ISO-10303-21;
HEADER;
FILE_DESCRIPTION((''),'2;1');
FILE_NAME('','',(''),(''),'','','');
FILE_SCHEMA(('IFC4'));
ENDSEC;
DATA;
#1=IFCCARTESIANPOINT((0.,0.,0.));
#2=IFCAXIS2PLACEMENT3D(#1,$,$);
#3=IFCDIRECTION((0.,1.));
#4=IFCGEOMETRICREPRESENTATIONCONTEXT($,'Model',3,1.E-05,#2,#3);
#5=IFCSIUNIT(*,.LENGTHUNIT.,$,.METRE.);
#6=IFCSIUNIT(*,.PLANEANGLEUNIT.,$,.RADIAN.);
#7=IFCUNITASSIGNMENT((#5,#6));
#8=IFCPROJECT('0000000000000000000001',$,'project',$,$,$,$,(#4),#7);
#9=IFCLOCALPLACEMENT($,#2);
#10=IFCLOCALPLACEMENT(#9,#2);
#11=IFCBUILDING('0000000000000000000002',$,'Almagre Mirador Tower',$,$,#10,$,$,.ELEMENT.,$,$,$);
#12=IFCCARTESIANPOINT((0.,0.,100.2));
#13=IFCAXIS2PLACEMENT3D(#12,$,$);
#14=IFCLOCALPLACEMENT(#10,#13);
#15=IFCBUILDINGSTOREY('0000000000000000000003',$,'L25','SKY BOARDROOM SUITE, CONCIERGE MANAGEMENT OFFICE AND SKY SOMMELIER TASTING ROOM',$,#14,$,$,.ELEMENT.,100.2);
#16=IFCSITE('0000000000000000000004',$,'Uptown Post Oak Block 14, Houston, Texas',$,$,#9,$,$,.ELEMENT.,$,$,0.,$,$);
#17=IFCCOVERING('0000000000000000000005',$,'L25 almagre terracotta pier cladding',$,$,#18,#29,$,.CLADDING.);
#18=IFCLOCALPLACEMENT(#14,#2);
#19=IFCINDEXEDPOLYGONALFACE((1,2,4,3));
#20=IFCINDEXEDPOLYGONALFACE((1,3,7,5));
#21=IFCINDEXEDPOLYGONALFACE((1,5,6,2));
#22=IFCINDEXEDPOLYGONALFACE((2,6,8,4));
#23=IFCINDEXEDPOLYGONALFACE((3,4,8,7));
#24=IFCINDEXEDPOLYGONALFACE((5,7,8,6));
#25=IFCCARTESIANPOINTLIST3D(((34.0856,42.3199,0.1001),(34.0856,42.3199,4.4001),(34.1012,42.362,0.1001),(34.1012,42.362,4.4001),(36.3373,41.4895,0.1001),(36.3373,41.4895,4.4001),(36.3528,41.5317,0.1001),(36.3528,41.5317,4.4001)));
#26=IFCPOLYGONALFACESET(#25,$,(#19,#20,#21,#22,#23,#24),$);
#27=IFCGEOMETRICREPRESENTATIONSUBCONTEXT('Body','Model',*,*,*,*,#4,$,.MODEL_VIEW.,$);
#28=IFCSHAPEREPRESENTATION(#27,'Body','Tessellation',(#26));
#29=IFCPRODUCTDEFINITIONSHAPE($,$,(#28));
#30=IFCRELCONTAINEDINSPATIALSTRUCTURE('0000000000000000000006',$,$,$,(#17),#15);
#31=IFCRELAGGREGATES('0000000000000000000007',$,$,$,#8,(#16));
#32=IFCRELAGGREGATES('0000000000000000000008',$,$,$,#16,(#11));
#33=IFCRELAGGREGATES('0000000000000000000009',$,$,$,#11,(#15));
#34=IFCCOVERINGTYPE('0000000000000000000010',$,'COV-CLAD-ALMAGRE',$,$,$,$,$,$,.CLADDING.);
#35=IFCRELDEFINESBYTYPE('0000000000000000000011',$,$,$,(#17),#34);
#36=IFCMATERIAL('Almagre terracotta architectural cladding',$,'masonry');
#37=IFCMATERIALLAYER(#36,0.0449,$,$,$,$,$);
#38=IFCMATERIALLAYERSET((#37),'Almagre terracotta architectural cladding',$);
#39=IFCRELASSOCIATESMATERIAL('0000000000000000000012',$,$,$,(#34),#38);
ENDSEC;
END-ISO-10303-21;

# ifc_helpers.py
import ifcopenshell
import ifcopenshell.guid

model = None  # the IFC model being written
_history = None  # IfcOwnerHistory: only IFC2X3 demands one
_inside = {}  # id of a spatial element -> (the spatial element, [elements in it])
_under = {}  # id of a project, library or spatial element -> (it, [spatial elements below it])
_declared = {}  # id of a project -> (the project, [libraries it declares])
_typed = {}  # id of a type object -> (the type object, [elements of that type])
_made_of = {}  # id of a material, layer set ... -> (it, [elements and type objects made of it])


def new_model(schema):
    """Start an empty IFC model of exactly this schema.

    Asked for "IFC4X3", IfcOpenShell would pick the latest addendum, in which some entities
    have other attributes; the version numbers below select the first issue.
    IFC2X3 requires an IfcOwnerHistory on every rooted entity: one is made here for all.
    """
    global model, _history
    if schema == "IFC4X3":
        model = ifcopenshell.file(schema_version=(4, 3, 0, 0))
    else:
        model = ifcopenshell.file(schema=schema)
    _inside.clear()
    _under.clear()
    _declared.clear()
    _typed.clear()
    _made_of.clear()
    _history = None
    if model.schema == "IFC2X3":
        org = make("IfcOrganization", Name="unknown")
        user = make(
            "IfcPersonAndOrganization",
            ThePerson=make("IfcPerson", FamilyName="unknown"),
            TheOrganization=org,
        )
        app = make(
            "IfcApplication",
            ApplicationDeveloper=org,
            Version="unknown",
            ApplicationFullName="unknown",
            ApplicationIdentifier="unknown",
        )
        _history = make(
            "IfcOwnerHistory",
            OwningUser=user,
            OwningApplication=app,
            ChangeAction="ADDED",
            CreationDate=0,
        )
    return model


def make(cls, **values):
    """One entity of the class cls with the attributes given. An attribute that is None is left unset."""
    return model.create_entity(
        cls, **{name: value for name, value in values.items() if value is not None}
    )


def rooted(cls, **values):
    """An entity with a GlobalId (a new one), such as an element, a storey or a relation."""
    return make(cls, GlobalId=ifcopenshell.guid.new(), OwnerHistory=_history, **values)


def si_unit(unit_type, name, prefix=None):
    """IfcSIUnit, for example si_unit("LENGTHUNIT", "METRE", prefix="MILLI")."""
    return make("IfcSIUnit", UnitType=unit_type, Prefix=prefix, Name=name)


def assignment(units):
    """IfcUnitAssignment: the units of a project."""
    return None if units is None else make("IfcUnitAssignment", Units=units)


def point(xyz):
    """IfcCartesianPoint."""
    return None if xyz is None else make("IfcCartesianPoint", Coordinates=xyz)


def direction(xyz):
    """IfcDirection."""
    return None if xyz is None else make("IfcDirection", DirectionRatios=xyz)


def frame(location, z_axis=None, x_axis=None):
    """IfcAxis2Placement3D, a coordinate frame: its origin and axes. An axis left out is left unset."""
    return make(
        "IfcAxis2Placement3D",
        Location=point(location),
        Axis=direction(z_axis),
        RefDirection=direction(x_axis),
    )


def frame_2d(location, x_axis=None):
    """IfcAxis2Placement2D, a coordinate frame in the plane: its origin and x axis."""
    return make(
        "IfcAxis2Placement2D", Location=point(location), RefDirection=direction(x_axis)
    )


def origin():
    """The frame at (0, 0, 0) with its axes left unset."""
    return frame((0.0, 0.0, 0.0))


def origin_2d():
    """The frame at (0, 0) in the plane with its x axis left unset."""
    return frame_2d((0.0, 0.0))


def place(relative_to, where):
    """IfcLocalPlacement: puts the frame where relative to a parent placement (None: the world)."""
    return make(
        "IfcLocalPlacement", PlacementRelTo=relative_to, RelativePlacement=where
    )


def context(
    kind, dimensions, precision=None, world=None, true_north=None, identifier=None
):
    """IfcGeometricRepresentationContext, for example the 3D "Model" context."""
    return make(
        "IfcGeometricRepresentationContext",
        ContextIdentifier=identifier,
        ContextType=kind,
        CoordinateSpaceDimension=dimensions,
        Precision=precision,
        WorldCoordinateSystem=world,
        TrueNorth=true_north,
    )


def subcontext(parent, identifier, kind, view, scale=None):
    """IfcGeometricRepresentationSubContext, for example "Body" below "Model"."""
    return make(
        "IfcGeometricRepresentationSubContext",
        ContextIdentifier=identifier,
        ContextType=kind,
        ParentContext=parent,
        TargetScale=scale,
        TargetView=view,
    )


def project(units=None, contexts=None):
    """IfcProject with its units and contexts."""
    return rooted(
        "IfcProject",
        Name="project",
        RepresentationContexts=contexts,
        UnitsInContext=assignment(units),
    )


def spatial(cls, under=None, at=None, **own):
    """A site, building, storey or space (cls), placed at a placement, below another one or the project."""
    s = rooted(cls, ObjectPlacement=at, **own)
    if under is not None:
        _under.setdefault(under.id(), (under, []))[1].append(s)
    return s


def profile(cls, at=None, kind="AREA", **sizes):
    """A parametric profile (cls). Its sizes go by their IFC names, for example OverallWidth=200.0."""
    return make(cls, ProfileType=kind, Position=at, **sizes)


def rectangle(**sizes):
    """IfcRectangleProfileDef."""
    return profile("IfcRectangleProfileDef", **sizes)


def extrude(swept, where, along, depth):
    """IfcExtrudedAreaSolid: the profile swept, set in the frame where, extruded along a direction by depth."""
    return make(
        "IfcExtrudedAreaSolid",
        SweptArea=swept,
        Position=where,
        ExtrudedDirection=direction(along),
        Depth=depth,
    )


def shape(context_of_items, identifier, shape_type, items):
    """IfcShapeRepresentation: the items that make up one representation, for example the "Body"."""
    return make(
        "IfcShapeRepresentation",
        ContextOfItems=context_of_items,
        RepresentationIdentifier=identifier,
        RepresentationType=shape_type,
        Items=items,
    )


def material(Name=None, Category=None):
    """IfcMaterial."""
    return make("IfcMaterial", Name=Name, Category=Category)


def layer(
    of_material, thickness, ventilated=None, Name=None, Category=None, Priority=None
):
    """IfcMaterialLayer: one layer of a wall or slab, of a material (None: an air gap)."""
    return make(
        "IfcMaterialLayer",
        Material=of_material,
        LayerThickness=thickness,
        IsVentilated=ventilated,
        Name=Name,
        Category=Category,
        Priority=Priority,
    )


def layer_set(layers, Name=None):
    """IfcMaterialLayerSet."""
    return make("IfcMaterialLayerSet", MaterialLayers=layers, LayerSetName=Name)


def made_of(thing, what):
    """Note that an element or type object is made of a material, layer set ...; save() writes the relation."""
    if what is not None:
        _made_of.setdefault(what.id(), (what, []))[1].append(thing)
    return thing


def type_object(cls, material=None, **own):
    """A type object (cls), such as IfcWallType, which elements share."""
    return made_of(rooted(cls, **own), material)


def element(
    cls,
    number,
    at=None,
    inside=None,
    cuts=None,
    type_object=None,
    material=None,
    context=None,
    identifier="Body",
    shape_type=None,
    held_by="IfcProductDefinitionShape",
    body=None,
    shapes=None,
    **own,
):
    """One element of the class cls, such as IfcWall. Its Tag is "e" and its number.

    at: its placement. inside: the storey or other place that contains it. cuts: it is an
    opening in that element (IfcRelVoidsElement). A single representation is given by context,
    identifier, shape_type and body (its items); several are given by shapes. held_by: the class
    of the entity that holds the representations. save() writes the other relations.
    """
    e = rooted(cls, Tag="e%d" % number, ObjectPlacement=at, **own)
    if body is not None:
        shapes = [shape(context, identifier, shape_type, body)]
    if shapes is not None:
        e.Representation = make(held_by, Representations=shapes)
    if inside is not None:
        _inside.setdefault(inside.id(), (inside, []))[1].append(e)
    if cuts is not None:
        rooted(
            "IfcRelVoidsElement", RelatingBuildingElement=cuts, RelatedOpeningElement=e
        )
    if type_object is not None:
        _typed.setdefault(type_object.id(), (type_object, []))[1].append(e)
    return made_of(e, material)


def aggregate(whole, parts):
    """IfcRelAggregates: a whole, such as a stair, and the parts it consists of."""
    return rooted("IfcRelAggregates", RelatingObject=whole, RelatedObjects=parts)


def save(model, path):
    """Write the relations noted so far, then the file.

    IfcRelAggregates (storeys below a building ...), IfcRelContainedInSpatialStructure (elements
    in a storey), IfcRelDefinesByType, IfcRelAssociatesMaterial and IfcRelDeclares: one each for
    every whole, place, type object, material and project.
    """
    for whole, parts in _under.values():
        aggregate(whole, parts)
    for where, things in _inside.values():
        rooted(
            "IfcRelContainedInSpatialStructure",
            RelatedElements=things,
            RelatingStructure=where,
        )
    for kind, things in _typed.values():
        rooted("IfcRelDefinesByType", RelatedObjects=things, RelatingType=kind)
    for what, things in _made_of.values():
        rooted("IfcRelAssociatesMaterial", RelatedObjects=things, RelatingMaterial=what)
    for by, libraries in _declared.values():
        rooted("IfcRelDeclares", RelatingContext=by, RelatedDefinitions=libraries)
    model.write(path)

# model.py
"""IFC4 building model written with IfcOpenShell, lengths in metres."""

from ifc_helpers import new_model, si_unit, direction, frame, origin, origin_2d, place, context, subcontext, project, spatial, rectangle, extrude, material, layer, layer_set, type_object, element, save


model = new_model("IFC4")

# Units and contexts
model_context = context("Model", 3, precision=1e-05, world=origin(), true_north=direction((0.0, 1.0)))
body_context = subcontext(model_context, "Body", "Model", "MODEL_VIEW")
ifc_project = project(units=[si_unit("LENGTHUNIT", "METRE"), si_unit("PLANEANGLEUNIT", "RADIAN")], contexts=[model_context])

# Site, building, storey
site_placement = place(None, origin())
site = spatial("IfcSite", under=ifc_project, at=site_placement, Name="Uptown Post Oak Block 14, Houston, Texas", CompositionType="ELEMENT", RefElevation=0.0)
building_placement = place(site_placement, origin())
building = spatial("IfcBuilding", under=site, at=building_placement, Name="Almagre Mirador Tower", CompositionType="ELEMENT")
storey_placement = place(building_placement, frame((0.0, 0.0, 100.2)))
storey = spatial("IfcBuildingStorey", under=building, at=storey_placement, Name="L25", Description="SKY BOARDROOM SUITE, CONCIERGE MANAGEMENT OFFICE AND SKY SOMMELIER TASTING ROOM", CompositionType="ELEMENT", Elevation=100.2)

# Covering
ifc_material_1 = material(Name="Almagre terracotta architectural cladding", Category="masonry")
ifc_layer_1 = layer(ifc_material_1, 0.0449)
ifc_layer_set_1 = layer_set([ifc_layer_1], Name="Almagre terracotta architectural cladding")
covering_type = type_object("IfcCoveringType", Name="COV-CLAD-ALMAGRE", PredefinedType="CLADDING", material=ifc_layer_set_1)
covering_placement = place(storey_placement, frame((35.2192, 41.9258, 0.1001), z_axis=(0.0, 0.0, 1.0), x_axis=(0.938234, -0.346002, 0.0)))
element("IfcCovering", 1, at=covering_placement, inside=storey, type_object=covering_type, Name="L25 almagre terracotta pier cladding", PredefinedType="CLADDING", context=body_context, shape_type="SweptSolid", body=[
    extrude(rectangle(XDim=2.3999, YDim=0.0449, at=origin_2d()), origin(), (0.0, 0.0, 1.0), 4.3),
])

save(model, "model.ifc")
